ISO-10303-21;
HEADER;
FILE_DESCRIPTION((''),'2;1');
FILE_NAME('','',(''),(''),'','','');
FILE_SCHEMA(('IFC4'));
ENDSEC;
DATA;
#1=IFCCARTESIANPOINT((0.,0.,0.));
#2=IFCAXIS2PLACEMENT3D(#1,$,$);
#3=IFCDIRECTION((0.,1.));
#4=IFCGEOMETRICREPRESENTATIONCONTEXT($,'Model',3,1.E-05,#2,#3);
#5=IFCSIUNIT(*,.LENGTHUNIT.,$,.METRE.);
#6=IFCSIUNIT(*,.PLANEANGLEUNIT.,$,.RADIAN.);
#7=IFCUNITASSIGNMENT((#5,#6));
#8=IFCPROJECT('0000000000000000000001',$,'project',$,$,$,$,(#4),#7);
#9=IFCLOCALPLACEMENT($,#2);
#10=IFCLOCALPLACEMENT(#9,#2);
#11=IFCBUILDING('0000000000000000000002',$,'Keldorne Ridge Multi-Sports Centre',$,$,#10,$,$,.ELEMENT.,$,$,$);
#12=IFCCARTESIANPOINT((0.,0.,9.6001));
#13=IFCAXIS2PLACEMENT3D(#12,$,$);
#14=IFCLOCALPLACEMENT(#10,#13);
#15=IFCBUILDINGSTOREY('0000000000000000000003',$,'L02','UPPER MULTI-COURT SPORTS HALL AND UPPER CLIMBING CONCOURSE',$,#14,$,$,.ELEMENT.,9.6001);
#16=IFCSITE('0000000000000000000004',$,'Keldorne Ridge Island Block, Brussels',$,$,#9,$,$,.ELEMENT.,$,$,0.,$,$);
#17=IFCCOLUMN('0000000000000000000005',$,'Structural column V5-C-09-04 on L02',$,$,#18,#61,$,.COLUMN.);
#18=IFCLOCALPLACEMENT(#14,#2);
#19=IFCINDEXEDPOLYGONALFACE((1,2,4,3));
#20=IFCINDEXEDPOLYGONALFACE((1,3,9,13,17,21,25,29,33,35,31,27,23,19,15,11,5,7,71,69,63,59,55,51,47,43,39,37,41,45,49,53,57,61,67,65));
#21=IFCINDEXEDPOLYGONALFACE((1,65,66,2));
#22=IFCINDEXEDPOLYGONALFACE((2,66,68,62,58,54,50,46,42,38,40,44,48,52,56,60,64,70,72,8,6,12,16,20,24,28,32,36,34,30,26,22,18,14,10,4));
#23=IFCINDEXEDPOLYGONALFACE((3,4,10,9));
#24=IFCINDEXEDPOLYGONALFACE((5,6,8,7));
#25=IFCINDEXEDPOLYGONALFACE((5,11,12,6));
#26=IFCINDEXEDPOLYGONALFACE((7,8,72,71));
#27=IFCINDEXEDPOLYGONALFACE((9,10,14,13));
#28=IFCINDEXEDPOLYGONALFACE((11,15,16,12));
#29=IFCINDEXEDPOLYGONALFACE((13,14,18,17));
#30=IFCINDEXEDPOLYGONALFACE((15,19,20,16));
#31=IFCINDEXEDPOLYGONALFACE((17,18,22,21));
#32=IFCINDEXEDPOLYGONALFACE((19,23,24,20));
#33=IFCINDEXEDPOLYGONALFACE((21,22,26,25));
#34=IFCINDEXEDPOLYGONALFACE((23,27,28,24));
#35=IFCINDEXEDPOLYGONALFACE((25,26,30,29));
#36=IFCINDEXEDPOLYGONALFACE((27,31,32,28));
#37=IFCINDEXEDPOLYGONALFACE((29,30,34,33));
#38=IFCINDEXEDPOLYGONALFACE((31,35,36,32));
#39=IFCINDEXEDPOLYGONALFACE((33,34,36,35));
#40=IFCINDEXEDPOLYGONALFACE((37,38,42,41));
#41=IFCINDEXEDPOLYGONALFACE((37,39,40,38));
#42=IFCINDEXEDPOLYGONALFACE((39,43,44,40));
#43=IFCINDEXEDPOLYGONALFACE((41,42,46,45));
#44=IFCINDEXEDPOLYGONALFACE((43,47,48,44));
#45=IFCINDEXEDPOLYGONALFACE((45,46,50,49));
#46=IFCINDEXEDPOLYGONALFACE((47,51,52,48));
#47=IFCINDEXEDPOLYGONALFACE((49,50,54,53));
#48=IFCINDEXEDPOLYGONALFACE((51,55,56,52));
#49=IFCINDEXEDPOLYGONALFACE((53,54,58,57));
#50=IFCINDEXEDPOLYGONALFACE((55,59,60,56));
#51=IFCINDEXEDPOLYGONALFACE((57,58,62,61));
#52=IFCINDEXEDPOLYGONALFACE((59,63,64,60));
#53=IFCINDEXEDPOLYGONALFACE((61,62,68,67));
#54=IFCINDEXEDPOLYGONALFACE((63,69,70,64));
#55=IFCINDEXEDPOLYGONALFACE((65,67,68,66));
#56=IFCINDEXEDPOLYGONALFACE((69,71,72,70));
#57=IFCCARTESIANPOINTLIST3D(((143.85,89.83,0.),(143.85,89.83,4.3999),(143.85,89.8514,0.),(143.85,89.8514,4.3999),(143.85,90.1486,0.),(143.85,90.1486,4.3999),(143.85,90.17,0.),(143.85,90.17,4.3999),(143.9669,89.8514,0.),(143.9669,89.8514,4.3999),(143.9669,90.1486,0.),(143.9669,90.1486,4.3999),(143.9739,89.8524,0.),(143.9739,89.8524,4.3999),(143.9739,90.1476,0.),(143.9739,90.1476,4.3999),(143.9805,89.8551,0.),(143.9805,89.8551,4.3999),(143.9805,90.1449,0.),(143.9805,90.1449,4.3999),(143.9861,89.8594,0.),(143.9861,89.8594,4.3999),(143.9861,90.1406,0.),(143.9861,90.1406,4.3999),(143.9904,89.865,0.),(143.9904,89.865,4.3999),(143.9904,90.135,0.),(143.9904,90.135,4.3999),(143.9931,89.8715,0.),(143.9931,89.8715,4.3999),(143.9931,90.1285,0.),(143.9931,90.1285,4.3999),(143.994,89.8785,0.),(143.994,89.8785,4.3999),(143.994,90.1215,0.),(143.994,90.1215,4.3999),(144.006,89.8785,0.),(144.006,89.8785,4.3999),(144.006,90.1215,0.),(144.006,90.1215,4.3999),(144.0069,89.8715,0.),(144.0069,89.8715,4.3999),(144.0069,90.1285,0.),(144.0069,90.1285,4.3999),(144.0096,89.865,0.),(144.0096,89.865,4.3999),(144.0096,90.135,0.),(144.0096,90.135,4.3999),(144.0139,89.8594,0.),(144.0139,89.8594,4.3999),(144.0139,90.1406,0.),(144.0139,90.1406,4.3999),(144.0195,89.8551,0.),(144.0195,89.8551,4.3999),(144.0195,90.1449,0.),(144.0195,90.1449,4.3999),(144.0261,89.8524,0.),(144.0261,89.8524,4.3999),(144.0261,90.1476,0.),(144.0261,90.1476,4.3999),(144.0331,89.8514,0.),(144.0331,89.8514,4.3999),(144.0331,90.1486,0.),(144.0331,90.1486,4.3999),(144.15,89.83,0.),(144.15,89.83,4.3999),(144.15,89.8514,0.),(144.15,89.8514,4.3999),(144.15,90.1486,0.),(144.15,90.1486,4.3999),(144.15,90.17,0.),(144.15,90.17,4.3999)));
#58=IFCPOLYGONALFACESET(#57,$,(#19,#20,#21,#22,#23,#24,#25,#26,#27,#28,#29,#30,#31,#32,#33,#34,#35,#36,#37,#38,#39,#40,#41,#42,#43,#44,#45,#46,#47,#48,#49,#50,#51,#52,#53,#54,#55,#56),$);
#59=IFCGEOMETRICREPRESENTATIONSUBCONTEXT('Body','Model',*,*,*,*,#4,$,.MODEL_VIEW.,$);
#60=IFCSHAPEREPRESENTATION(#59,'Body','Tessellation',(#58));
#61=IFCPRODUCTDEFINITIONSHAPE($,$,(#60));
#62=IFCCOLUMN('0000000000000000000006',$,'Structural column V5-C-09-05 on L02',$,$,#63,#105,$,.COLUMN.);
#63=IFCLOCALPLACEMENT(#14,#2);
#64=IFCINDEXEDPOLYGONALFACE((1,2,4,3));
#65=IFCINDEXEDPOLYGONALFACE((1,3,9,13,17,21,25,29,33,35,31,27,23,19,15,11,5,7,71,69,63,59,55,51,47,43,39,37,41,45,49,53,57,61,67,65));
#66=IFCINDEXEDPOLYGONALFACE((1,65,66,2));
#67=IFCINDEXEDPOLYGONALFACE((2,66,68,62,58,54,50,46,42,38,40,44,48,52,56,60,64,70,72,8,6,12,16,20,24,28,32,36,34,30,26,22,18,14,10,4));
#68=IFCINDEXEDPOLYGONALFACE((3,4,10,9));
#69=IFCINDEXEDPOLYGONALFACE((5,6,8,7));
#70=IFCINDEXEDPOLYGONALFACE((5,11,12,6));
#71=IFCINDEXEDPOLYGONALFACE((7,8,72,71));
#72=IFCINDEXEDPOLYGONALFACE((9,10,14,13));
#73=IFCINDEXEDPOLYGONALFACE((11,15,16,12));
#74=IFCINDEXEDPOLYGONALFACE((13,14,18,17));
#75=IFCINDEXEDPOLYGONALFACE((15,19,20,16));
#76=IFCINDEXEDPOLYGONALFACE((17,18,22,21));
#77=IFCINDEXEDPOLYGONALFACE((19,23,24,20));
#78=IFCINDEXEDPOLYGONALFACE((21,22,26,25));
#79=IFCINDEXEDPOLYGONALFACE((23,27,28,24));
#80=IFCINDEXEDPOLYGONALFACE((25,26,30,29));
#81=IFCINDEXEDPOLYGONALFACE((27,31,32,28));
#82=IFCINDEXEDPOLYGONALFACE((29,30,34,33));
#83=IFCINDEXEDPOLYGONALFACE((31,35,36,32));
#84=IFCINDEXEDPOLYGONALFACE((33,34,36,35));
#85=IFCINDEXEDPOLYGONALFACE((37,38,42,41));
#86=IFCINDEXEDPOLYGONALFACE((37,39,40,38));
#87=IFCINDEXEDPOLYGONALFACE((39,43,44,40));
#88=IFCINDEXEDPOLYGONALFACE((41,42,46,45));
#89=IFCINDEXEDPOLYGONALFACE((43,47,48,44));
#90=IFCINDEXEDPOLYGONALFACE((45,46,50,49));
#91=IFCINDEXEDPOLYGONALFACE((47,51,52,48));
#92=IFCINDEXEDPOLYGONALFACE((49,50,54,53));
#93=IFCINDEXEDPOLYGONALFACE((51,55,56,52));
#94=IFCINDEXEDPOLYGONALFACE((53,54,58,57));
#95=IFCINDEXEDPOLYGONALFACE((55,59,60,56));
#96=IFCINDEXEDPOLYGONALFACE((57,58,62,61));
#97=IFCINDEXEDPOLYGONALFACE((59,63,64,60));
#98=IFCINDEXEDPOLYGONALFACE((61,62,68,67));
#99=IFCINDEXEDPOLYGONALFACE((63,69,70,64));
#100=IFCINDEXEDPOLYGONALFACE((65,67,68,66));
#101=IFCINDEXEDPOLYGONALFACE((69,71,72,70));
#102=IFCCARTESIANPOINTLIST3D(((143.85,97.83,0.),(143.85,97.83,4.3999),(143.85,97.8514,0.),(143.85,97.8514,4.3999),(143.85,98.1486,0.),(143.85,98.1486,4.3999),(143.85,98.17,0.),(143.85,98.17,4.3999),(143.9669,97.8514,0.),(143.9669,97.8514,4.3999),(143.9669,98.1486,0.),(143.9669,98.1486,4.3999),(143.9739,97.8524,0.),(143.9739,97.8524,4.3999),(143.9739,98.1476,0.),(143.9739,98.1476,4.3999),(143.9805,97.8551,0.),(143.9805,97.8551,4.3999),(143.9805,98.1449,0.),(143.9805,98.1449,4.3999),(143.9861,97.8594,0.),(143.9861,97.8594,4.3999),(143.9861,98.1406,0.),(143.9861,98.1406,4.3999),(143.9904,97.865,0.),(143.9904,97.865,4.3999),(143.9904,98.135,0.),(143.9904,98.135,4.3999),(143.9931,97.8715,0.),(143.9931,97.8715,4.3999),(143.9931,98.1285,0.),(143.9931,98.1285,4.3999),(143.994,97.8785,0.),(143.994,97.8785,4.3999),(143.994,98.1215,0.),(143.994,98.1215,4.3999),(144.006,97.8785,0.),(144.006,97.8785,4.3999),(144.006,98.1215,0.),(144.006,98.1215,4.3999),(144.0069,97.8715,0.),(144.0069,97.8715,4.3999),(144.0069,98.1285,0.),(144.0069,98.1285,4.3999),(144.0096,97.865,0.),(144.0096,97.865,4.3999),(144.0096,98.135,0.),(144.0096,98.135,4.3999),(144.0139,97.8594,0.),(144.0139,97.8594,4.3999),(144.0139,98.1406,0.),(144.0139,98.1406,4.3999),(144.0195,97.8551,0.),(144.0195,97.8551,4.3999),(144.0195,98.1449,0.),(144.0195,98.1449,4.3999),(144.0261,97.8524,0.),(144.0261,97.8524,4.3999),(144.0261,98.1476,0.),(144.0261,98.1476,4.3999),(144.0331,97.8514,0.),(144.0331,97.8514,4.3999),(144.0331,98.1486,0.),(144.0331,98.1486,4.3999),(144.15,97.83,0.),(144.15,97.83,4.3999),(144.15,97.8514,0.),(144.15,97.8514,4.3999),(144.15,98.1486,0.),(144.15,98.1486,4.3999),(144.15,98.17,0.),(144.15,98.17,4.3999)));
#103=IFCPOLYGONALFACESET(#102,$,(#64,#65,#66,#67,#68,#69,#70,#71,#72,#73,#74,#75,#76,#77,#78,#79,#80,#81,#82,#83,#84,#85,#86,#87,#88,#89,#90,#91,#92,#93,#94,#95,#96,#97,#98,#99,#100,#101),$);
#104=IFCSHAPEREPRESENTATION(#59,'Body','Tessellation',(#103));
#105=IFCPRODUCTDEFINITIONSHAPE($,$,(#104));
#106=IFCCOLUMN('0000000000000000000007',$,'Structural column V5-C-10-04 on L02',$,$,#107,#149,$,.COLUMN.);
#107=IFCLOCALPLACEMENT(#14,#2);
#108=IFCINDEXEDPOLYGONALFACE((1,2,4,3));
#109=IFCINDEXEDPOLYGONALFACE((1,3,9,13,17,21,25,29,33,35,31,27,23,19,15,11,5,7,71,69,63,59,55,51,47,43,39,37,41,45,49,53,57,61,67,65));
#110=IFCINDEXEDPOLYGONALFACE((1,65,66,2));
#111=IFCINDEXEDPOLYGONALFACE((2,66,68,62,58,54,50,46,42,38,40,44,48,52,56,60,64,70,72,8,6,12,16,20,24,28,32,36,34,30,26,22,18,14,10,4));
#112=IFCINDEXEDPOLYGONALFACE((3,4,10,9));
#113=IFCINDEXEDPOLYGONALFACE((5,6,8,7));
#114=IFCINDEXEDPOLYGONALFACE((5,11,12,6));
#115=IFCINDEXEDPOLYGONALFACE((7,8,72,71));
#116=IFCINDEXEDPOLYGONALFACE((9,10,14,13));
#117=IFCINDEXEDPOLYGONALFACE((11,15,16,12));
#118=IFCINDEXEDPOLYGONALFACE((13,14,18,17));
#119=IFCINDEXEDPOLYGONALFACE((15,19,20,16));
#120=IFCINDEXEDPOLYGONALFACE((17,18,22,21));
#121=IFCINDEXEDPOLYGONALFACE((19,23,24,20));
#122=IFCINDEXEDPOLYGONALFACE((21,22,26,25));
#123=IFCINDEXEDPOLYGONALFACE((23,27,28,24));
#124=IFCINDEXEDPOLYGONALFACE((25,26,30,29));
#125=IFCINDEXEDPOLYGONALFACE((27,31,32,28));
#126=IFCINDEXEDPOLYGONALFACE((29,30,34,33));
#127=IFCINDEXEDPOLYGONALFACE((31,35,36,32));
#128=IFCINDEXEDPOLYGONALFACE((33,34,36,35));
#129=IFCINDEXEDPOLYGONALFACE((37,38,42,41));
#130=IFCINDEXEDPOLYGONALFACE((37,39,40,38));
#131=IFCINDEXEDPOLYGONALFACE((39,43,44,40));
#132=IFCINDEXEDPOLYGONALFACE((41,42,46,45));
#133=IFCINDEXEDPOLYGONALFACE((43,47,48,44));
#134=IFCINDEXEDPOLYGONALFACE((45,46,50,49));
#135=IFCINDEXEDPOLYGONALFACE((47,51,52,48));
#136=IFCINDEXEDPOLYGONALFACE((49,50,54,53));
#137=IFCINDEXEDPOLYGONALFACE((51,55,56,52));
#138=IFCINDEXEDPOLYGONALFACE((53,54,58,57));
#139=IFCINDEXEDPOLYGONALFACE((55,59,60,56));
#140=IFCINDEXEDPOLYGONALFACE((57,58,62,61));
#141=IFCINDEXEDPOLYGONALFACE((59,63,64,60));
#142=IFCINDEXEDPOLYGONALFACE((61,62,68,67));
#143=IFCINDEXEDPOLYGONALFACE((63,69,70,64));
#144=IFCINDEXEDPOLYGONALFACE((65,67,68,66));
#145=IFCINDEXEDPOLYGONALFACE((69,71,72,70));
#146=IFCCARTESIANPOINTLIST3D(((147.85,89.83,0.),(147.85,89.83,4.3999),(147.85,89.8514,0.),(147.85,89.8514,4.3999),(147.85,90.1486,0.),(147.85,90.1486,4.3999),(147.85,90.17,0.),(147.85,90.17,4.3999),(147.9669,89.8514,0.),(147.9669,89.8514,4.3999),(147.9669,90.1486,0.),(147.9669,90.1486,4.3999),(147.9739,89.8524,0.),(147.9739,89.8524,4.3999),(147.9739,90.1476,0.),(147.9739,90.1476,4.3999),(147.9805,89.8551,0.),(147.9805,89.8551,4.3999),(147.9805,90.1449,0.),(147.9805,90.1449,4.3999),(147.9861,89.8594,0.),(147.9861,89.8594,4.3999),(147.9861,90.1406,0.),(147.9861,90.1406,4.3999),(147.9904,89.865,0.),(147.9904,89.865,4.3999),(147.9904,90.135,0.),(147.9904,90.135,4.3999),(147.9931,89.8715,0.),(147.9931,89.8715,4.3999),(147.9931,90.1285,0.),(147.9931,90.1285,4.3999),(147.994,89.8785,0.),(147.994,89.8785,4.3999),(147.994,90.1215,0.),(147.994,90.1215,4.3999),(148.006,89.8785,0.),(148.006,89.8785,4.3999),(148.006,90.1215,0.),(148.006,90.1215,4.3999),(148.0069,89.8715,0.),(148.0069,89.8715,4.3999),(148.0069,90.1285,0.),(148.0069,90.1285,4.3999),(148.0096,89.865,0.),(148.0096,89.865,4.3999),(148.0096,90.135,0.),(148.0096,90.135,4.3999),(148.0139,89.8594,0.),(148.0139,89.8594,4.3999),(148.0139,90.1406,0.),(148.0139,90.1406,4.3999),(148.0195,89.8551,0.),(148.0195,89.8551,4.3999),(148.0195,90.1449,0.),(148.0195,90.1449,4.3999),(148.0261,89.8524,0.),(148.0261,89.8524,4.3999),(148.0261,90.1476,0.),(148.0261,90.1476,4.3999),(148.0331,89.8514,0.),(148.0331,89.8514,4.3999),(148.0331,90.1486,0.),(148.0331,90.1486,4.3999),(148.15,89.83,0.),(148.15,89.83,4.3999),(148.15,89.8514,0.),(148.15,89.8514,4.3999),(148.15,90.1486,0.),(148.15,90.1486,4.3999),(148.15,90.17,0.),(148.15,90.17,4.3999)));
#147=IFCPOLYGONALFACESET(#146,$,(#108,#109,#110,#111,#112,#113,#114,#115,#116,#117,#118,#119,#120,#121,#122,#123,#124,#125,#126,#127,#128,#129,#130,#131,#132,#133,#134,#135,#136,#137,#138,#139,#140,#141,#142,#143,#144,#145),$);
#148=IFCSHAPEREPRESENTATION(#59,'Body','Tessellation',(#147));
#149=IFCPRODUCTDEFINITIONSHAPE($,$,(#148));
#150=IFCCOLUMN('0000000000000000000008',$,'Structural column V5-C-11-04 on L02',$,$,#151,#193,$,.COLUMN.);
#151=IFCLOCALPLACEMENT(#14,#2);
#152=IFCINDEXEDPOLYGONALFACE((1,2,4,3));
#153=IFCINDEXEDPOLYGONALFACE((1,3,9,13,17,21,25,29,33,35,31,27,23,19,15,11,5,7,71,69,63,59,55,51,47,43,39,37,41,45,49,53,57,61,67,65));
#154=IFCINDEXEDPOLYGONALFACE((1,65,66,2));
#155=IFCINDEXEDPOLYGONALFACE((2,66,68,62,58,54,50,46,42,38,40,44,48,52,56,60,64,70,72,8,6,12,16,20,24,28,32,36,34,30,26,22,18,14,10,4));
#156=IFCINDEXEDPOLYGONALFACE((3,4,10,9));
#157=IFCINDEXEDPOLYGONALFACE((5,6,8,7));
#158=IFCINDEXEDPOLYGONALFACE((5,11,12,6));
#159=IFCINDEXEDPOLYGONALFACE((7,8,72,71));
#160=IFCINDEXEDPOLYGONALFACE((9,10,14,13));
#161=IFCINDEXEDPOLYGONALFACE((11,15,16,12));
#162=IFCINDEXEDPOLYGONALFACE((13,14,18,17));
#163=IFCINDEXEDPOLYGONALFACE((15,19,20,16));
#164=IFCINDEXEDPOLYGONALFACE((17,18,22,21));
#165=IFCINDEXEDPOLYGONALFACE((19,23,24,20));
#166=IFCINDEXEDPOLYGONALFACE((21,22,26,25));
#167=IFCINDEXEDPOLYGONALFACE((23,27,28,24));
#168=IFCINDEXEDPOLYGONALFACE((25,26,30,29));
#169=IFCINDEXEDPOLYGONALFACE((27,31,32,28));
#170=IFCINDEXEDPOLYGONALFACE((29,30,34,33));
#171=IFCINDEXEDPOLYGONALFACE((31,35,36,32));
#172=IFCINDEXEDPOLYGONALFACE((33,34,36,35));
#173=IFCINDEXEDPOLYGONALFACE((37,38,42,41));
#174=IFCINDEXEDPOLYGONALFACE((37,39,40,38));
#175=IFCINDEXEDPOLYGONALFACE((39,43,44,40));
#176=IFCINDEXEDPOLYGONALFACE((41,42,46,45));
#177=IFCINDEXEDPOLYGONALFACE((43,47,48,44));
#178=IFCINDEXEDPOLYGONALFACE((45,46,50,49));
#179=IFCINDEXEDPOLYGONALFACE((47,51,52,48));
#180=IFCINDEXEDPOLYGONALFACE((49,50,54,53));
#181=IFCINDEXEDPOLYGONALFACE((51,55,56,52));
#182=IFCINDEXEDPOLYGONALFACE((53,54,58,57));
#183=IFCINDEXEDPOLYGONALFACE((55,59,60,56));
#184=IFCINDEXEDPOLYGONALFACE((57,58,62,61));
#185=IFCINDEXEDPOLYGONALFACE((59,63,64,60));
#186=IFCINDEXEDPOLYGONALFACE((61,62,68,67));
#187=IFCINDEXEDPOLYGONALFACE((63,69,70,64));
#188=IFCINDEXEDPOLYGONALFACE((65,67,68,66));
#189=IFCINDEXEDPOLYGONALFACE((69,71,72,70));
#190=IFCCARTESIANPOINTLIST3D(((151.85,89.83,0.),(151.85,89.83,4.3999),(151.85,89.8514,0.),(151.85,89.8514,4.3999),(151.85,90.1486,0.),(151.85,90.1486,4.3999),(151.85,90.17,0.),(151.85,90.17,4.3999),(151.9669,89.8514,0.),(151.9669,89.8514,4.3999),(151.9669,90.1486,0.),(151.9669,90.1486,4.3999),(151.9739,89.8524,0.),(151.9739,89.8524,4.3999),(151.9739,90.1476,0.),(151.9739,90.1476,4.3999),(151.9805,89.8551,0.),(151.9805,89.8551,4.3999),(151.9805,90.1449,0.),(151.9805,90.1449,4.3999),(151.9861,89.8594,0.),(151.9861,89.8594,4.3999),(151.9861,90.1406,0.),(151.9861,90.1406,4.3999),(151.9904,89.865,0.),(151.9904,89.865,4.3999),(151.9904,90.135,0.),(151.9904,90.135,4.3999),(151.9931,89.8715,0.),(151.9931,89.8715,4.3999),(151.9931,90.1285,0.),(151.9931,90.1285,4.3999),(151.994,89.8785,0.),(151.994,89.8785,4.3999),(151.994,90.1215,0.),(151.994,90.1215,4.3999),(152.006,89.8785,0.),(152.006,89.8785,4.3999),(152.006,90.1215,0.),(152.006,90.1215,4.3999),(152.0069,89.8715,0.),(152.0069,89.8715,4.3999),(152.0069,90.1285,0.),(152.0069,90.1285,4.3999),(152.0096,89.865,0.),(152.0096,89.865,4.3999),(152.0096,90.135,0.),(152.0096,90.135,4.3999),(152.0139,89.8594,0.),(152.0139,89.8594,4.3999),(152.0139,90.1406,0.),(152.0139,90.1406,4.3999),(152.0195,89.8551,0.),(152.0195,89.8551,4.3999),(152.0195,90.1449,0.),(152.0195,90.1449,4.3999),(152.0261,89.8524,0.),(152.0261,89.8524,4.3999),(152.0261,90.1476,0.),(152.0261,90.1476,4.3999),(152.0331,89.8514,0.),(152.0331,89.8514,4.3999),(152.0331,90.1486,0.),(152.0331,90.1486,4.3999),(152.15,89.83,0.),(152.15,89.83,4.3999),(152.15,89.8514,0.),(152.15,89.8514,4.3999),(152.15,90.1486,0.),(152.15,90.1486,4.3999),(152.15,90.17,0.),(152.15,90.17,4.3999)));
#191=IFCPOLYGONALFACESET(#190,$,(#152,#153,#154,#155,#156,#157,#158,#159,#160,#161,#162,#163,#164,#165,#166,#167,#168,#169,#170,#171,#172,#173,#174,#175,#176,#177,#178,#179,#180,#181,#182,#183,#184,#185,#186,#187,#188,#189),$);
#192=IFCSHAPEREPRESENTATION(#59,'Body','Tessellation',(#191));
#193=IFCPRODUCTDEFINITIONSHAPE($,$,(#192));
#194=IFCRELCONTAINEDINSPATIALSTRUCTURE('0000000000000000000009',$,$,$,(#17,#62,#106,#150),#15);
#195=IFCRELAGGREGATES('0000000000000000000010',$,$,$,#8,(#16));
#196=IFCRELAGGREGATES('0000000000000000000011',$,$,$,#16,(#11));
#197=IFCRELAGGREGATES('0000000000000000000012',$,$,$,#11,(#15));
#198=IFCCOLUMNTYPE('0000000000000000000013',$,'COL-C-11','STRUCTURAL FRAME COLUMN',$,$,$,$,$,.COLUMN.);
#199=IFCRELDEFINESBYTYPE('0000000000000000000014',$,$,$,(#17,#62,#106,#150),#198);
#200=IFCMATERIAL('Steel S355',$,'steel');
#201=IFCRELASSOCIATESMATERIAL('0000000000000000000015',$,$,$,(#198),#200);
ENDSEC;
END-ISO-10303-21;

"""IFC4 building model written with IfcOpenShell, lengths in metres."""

from ifc_helpers import new_model, si_unit, direction, frame, origin, origin_2d, place, context, subcontext, project, spatial, i_section, extrude, material, material_profile, profile_set, type_object, element, save


model = new_model("IFC4")

# Units and contexts
model_context = context("Model", 3, precision=1e-05, world=origin(), true_north=direction((0.0, 1.0)))
body_context = subcontext(model_context, "Body", "Model", "MODEL_VIEW")
ifc_project = project(units=[si_unit("LENGTHUNIT", "METRE"), si_unit("PLANEANGLEUNIT", "RADIAN")], contexts=[model_context])

# Site, building, storey
site_placement = place(None, origin())
site = spatial("IfcSite", under=ifc_project, at=site_placement, Name="Keldorne Ridge Island Block, Brussels", CompositionType="ELEMENT", RefElevation=0.0)
building_placement = place(site_placement, origin())
building = spatial("IfcBuilding", under=site, at=building_placement, Name="Keldorne Ridge Multi-Sports Centre", CompositionType="ELEMENT")
storey_placement = place(building_placement, frame((0.0, 0.0, 9.6001)))
storey = spatial("IfcBuildingStorey", under=building, at=storey_placement, Name="L02", Description="UPPER MULTI-COURT SPORTS HALL AND UPPER CLIMBING CONCOURSE", CompositionType="ELEMENT", Elevation=9.6001)

# Columns
ifc_material_1 = material(Name="Steel S355", Category="steel")
ifc_material_profile_1 = material_profile(ifc_material_1, i_section(OverallWidth=0.3, OverallDepth=0.3401, WebThickness=0.012, FlangeThickness=0.0215, FilletRadius=0.0271, at=origin_2d()), Name="HEB 340")
ifc_profile_set_1 = profile_set([ifc_material_profile_1], Name="Steel S355")
column_type = type_object("IfcColumnType", Name="COL-C-11", Description="STRUCTURAL FRAME COLUMN", PredefinedType="COLUMN", material=ifc_profile_set_1)
for number, where, z_axis, x_axis, name in (
    (1, (144.0, 90.0, 0.0), (0.0, 0.0, 1.0), (1.0, 0.0, 0.0), "Structural column V5-C-09-04 on L02"),
    (2, (144.0, 98.0, 0.0), (0.0, 0.0, 1.0), (1.0, 0.0, 0.0), "Structural column V5-C-09-05 on L02"),
    (3, (148.0, 90.0, 0.0), (0.0, 0.0, 1.0), (1.0, 0.0, 0.0), "Structural column V5-C-10-04 on L02"),
    (4, (152.0, 90.0, 0.0), (0.0, 0.0, 1.0), (1.0, 0.0, 0.0), "Structural column V5-C-11-04 on L02"),
):
    element("IfcColumn", number, at=place(storey_placement, frame(where, z_axis=z_axis, x_axis=x_axis)), inside=storey, type_object=column_type, Name=name, PredefinedType="COLUMN", context=body_context, shape_type="SweptSolid", body=[
        extrude(i_section(OverallWidth=0.3, OverallDepth=0.3401, WebThickness=0.012, FlangeThickness=0.0215, FilletRadius=0.0271, at=origin_2d()), origin(), (0.0, 0.0, 1.0), 4.3999),
    ])

save(model, "model.ifc")
